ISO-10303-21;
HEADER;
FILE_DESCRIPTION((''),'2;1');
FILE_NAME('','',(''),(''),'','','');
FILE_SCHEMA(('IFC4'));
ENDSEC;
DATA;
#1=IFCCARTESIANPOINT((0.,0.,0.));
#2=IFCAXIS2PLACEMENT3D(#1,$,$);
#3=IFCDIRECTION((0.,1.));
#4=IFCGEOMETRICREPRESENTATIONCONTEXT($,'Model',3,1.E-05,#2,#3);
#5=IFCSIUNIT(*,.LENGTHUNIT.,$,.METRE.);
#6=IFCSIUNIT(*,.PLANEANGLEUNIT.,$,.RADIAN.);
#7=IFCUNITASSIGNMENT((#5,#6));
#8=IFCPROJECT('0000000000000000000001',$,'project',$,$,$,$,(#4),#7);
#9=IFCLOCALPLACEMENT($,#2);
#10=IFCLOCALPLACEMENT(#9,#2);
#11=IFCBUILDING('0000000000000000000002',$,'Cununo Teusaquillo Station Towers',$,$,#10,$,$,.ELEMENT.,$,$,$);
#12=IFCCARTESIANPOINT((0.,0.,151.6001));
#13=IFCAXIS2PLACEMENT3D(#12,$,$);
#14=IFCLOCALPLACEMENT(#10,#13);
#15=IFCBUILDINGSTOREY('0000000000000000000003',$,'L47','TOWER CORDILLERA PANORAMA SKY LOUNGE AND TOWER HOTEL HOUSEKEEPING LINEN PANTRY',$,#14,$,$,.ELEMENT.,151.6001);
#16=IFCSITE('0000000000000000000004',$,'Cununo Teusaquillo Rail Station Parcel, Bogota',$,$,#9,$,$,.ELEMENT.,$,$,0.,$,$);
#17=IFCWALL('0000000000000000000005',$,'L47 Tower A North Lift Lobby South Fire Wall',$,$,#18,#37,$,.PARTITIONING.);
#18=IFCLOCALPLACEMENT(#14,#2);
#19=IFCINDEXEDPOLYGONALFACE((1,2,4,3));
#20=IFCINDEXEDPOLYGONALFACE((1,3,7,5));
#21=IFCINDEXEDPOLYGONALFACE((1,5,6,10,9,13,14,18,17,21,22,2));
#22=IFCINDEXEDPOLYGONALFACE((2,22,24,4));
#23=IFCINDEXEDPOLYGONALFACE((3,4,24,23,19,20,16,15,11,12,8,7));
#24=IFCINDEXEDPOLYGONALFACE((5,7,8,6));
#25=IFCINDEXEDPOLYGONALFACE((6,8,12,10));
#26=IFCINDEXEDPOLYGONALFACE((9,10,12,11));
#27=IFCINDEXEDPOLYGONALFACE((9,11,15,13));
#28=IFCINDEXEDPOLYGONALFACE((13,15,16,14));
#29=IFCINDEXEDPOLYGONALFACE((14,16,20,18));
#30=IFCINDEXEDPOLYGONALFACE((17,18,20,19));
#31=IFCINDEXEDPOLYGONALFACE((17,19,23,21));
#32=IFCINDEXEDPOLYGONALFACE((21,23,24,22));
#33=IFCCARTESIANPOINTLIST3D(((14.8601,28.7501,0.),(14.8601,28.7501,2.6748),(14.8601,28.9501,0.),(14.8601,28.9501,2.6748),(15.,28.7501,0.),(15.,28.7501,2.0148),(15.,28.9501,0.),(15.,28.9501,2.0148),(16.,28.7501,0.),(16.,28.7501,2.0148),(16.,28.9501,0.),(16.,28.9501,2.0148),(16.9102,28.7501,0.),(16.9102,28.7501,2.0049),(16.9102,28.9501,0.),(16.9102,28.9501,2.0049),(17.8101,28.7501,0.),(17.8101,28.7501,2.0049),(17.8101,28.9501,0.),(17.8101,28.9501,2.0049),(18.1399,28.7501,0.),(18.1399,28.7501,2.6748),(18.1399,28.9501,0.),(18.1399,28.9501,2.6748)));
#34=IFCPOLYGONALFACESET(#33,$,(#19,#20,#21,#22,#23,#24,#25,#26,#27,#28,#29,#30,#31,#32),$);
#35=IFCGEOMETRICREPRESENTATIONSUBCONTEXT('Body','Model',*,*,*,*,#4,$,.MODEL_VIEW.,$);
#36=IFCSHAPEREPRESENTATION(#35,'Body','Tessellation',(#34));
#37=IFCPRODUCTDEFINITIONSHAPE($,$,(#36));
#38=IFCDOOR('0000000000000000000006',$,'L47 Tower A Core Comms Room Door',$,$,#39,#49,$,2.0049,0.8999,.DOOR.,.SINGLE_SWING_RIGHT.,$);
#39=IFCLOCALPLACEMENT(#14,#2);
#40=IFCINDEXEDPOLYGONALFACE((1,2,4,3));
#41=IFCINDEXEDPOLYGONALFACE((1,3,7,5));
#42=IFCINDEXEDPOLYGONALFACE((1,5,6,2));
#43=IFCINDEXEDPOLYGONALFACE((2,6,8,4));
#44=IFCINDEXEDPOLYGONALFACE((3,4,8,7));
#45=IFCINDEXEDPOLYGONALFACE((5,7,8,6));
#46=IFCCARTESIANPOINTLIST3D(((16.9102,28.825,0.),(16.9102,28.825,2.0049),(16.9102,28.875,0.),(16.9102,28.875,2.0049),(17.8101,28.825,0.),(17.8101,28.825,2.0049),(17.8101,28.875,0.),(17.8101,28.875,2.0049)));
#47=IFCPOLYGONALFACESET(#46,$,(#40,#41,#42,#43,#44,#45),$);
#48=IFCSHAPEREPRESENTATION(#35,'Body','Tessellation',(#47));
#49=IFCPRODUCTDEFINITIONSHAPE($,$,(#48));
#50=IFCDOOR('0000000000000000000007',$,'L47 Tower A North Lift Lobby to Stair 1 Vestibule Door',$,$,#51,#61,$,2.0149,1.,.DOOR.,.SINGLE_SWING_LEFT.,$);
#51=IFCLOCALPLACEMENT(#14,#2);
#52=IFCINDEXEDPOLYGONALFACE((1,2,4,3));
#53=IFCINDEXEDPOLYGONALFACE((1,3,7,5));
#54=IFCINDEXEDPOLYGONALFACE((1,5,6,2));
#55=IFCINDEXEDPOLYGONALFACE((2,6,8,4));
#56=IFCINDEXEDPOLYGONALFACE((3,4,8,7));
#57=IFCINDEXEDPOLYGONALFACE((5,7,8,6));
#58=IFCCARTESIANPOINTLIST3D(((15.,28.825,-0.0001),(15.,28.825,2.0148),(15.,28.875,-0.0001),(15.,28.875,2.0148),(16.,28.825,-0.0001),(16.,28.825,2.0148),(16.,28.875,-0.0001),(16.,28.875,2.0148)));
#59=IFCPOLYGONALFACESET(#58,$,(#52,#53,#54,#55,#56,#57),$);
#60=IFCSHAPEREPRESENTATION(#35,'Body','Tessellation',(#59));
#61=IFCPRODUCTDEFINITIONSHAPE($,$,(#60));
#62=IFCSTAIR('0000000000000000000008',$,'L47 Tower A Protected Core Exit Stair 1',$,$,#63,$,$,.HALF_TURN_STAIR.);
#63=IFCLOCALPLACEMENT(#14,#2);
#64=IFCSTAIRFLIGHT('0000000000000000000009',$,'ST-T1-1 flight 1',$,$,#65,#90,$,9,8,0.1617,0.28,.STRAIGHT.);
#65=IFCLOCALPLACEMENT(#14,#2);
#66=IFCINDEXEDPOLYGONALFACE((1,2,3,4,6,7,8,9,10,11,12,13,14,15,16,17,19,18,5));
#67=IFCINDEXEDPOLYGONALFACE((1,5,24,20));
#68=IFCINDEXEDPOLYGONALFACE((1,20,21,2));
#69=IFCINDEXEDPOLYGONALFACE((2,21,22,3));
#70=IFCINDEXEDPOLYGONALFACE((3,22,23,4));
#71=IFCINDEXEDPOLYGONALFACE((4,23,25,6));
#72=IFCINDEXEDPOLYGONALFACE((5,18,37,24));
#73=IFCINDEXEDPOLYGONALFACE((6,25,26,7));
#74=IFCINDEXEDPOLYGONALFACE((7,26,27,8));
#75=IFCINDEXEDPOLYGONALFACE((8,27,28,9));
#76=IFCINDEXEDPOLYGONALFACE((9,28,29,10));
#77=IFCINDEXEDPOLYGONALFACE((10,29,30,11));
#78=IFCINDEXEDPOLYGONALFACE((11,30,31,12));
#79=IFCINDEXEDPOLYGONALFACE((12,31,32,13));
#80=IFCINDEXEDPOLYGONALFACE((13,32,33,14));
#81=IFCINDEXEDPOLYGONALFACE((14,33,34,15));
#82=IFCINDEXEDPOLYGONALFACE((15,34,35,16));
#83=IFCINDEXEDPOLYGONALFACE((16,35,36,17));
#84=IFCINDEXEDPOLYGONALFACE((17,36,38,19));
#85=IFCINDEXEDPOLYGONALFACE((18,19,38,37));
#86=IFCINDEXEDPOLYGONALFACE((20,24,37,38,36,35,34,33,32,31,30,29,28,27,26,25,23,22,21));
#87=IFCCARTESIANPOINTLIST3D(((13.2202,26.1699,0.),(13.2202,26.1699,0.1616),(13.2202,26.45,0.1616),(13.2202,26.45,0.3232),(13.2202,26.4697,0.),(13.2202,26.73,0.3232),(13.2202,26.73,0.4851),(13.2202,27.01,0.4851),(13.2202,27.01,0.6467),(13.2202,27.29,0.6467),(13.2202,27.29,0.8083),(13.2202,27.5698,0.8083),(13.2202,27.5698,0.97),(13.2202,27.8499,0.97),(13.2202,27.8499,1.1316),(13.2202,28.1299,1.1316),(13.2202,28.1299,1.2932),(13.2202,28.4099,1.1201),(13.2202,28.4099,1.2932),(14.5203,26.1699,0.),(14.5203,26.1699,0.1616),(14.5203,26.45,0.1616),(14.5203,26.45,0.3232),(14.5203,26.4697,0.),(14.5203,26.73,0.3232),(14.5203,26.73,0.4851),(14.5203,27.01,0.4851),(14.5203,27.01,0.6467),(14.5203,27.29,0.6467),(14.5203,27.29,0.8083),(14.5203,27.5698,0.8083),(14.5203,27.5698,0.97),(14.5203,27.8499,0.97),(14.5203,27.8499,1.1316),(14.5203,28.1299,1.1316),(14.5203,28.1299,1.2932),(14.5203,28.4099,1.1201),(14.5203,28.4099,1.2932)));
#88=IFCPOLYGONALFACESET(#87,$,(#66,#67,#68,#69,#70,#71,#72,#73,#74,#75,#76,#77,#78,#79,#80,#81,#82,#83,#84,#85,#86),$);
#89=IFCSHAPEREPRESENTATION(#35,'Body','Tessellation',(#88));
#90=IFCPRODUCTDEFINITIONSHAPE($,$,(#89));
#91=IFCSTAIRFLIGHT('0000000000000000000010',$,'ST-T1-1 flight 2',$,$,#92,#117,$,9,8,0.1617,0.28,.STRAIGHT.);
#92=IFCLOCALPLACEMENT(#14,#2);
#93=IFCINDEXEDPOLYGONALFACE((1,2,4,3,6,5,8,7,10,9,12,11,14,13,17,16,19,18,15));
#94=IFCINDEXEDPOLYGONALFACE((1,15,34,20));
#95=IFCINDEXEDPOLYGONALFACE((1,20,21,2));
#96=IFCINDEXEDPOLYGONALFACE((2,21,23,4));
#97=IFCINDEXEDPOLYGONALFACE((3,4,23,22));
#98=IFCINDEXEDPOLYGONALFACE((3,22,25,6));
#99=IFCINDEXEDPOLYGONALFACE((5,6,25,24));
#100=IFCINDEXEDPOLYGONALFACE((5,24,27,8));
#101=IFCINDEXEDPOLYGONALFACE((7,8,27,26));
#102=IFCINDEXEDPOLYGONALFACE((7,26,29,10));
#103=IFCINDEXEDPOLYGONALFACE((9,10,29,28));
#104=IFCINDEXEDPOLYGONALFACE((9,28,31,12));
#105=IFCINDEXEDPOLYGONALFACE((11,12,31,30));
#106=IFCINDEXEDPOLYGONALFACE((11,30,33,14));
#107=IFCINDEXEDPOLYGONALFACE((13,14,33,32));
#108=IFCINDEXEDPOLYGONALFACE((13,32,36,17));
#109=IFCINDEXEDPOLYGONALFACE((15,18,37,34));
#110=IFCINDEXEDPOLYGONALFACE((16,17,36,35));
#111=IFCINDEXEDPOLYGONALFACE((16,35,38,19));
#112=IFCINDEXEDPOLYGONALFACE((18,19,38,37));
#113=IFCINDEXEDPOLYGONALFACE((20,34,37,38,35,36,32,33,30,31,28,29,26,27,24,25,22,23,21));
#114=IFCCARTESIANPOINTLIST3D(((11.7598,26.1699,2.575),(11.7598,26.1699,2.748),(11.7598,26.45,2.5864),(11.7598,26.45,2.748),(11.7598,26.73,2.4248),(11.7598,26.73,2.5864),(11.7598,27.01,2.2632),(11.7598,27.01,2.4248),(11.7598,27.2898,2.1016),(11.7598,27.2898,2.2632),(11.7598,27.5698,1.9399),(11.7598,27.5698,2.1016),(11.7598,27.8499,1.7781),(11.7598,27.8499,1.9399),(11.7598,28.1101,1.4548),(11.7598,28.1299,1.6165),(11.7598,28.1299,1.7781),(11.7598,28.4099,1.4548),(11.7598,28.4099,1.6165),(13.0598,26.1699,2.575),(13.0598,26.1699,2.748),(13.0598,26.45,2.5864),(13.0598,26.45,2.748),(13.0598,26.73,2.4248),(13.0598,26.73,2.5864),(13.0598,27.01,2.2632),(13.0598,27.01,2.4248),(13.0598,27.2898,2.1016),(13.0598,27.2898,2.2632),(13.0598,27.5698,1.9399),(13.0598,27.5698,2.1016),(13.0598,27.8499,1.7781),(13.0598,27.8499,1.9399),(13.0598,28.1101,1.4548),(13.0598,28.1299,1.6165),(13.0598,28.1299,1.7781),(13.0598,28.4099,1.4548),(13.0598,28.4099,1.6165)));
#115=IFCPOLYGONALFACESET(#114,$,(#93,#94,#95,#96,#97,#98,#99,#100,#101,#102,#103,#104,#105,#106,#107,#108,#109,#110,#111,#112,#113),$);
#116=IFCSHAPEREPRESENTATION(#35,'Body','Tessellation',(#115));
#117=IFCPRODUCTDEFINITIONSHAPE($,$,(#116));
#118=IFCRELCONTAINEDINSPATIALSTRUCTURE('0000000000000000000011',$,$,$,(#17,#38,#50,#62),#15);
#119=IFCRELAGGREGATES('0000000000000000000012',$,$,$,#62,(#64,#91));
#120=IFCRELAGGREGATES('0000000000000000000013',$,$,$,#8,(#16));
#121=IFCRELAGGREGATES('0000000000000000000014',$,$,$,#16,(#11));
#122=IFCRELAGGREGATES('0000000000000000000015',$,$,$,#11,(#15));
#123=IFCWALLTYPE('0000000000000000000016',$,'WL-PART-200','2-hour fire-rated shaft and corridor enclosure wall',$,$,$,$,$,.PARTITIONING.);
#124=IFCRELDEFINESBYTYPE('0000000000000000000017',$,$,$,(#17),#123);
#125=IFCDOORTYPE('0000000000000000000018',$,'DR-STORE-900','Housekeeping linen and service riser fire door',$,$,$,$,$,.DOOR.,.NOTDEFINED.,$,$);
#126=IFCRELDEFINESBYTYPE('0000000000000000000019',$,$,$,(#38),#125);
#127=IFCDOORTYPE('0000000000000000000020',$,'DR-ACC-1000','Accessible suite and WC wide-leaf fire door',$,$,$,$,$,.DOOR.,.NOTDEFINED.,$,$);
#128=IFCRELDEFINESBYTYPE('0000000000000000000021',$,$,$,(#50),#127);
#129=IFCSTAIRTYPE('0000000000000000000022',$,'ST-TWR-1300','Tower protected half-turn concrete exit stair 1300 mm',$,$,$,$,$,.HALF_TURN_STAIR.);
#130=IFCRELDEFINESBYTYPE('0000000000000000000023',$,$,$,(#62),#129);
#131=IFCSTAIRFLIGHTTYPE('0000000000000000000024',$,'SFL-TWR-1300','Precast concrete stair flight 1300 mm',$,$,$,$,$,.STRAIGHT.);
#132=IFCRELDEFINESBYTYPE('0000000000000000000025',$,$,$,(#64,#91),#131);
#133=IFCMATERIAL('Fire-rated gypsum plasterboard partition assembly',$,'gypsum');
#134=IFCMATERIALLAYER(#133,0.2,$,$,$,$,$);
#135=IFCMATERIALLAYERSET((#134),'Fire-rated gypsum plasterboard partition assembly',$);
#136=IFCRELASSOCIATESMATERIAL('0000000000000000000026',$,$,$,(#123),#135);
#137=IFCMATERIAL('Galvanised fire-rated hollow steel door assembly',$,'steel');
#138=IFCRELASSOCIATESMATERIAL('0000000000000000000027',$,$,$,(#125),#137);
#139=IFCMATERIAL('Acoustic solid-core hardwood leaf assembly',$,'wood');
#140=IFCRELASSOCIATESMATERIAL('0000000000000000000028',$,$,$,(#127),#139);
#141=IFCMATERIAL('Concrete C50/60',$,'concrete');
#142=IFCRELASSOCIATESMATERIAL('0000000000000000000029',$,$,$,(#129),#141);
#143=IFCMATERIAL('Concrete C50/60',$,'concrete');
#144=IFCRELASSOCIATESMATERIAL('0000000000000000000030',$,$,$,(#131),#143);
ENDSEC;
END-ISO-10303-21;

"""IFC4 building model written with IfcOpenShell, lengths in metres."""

from ifc_helpers import new_model, si_unit, direction, frame, frame_2d, origin, place, context, subcontext, project, spatial, polyline, rectangle, outline, extrude, source, transform, mapped, material, layer, layer_set, type_object, element, fill, aggregate, save


model = new_model("IFC4")

# Units and contexts
model_context = context("Model", 3, precision=1e-05, world=origin(), true_north=direction((0.0, 1.0)))
body_context = subcontext(model_context, "Body", "Model", "MODEL_VIEW")
ifc_project = project(units=[si_unit("LENGTHUNIT", "METRE"), si_unit("PLANEANGLEUNIT", "RADIAN")], contexts=[model_context])

# Site, building, storey
site_placement = place(None, origin())
site = spatial("IfcSite", under=ifc_project, at=site_placement, Name="Cununo Teusaquillo Rail Station Parcel, Bogota", CompositionType="ELEMENT", RefElevation=0.0)
building_placement = place(site_placement, origin())
building = spatial("IfcBuilding", under=site, at=building_placement, Name="Cununo Teusaquillo Station Towers", CompositionType="ELEMENT")
storey_placement = place(building_placement, frame((0.0, 0.0, 151.6001)))
storey = spatial("IfcBuildingStorey", under=building, at=storey_placement, Name="L47", Description="TOWER CORDILLERA PANORAMA SKY LOUNGE AND TOWER HOTEL HOUSEKEEPING LINEN PANTRY", CompositionType="ELEMENT", Elevation=151.6001)

# Shared definitions
shared_shape_1 = source(origin(), body_context, "Body", "SweptSolid", [
    extrude(rectangle(XDim=0.8999, YDim=2.0049, at=frame_2d((0.45, 1.0024))), frame((0.0, 0.0249, 0.0), z_axis=(0.0, -1.0, 0.0), x_axis=(1.0, 0.0, 0.0)), (0.0, 0.0, 1.0), 0.05),
])

# Shared definitions
ifc_material_1 = material(Name="Fire-rated gypsum plasterboard partition assembly", Category="gypsum")
ifc_layer_1 = layer(ifc_material_1, 0.2)
ifc_layer_set_1 = layer_set([ifc_layer_1], Name="Fire-rated gypsum plasterboard partition assembly")
wall_type_1 = type_object("IfcWallType", Name="WL-PART-200", Description="2-hour fire-rated shaft and corridor enclosure wall", PredefinedType="PARTITIONING", material=ifc_layer_set_1)
shared_shape_2 = source(origin(), body_context, "Body", "SweptSolid", [
    extrude(rectangle(XDim=0.8999, YDim=2.0049, at=frame_2d((0.45, 1.0024))), frame((0.0, 0.1099, 0.0), z_axis=(0.0, -1.0, 0.0), x_axis=(1.0, 0.0, 0.0)), (0.0, 0.0, 1.0), 0.22),
])
ifc_material_2 = material(Name="Galvanised fire-rated hollow steel door assembly", Category="steel")
door_type_1 = type_object("IfcDoorType", Name="DR-STORE-900", Description="Housekeeping linen and service riser fire door", OperationType="NOTDEFINED", PredefinedType="DOOR", material=ifc_material_2)

# Wall, openings, doors
wall_1_placement = place(storey_placement, frame((14.8601, 28.8501, 0.0), z_axis=(0.0, 0.0, 1.0), x_axis=(1.0, 0.0, 0.0)))
wall_1 = element("IfcWall", 1, at=wall_1_placement, inside=storey, type_object=wall_type_1, Name="L47 Tower A North Lift Lobby South Fire Wall", PredefinedType="PARTITIONING", context=body_context, shape_type="SweptSolid", body=[
    extrude(rectangle(XDim=3.2798, YDim=0.2, at=frame_2d((1.6399, 0.0))), origin(), (0.0, 0.0, 1.0), 2.6748),
])
shared_shape_3 = source(origin(), body_context, "Body", "SweptSolid", [
    extrude(rectangle(XDim=1.0, YDim=2.0149, at=frame_2d((0.5, 1.0073))), frame((0.0, 0.1099, 0.0), z_axis=(0.0, -1.0, 0.0), x_axis=(1.0, 0.0, 0.0)), (0.0, 0.0, 1.0), 0.22),
])
opening_1_placement = place(wall_1_placement, frame((0.1399, 0.0, 0.0)))
opening_1 = element("IfcOpeningElement", 2, at=opening_1_placement, cuts=wall_1, PredefinedType="OPENING", context=body_context, shape_type="MappedRepresentation", body=[
    mapped(shared_shape_3, transform((0.0, 0.0, 0.0), x_axis=(1.0, 0.0, 0.0), y_axis=(0.0, 1.0, 0.0), z_axis=(0.0, 0.0, 1.0), scale=1.0)),
])
opening_2_placement = place(wall_1_placement, frame((2.05, 0.0, 0.0)))
opening_2 = element("IfcOpeningElement", 3, at=opening_2_placement, cuts=wall_1, PredefinedType="OPENING", context=body_context, shape_type="MappedRepresentation", body=[
    mapped(shared_shape_2, transform((0.0, 0.0, 0.0), x_axis=(1.0, 0.0, 0.0), y_axis=(0.0, 1.0, 0.0), z_axis=(0.0, 0.0, 1.0), scale=1.0)),
])
door_1_placement = place(opening_2_placement, origin())
door_1 = element("IfcDoor", 4, at=door_1_placement, inside=storey, type_object=door_type_1, Name="L47 Tower A Core Comms Room Door", OperationType="SINGLE_SWING_RIGHT", OverallHeight=2.0049, OverallWidth=0.8999, PredefinedType="DOOR", context=body_context, shape_type="MappedRepresentation", body=[
    mapped(shared_shape_1, transform((0.0, 0.0, 0.0), x_axis=(1.0, 0.0, 0.0), y_axis=(0.0, 1.0, 0.0), z_axis=(0.0, 0.0, 1.0), scale=1.0)),
])
fill(opening_2, door_1)
ifc_material_3 = material(Name="Acoustic solid-core hardwood leaf assembly", Category="wood")
door_type_2 = type_object("IfcDoorType", Name="DR-ACC-1000", Description="Accessible suite and WC wide-leaf fire door", OperationType="NOTDEFINED", PredefinedType="DOOR", material=ifc_material_3)
shared_shape_4 = source(origin(), body_context, "Body", "SweptSolid", [
    extrude(rectangle(XDim=1.0, YDim=2.0149, at=frame_2d((0.5, 1.0073))), frame((0.0, 0.0249, 0.0), z_axis=(0.0, -1.0, 0.0), x_axis=(1.0, 0.0, 0.0)), (0.0, 0.0, 1.0), 0.05),
])
door_2_placement = place(opening_1_placement, origin())
door_2 = element("IfcDoor", 5, at=door_2_placement, inside=storey, type_object=door_type_2, Name="L47 Tower A North Lift Lobby to Stair 1 Vestibule Door", OperationType="SINGLE_SWING_LEFT", OverallHeight=2.0149, OverallWidth=1.0, PredefinedType="DOOR", context=body_context, shape_type="MappedRepresentation", body=[
    mapped(shared_shape_4, transform((0.0, 0.0, 0.0), x_axis=(1.0, 0.0, 0.0), y_axis=(0.0, 1.0, 0.0), z_axis=(0.0, 0.0, 1.0), scale=1.0)),
])
fill(opening_1, door_2)

# Stair, stair flights
ifc_material_4 = material(Name="Concrete C50/60", Category="concrete")
stair_type = type_object("IfcStairType", Name="ST-TWR-1300", Description="Tower protected half-turn concrete exit stair 1300 mm", PredefinedType="HALF_TURN_STAIR", material=ifc_material_4)
stair_placement = place(storey_placement, origin())
stair = element("IfcStair", 6, at=stair_placement, inside=storey, type_object=stair_type, Name="L47 Tower A Protected Core Exit Stair 1", PredefinedType="HALF_TURN_STAIR")
ifc_material_5 = material(Name="Concrete C50/60", Category="concrete")
stair_flight_type = type_object("IfcStairFlightType", Name="SFL-TWR-1300", Description="Precast concrete stair flight 1300 mm", PredefinedType="STRAIGHT", material=ifc_material_5)
stair_flight_1_placement = place(storey_placement, frame((13.8701, 26.1699, 0.0), z_axis=(0.0, 0.0, 1.0), x_axis=(0.0, 1.0, 0.0)))
stair_flight_1 = element("IfcStairFlight", 7, at=stair_flight_1_placement, type_object=stair_flight_type, Name="ST-T1-1 flight 1", NumberOfRisers=9, NumberOfTreads=8, PredefinedType="STRAIGHT", RiserHeight=0.1617, TreadLength=0.28, context=body_context, shape_type="SweptSolid", body=[
    extrude(outline(polyline([(0.0, 0.0), (0.0, 0.1616), (0.28, 0.1616), (0.28, 0.3232), (0.5601, 0.3232), (0.5601, 0.4851), (0.8401, 0.4851), (0.8401, 0.6467), (1.1201, 0.6467), (1.1201, 0.8083), (1.3999, 0.8083), (1.3999, 0.97), (1.6799, 0.97), (1.6799, 1.1316), (1.96, 1.1316), (1.96, 1.2932), (2.24, 1.2932), (2.24, 1.4551), (2.24, 1.1201), (0.2998, 0.0), (0.0, 0.0)])), frame((0.0, 0.6499, 0.0), z_axis=(0.0, -1.0, 0.0), x_axis=(1.0, 0.0, 0.0)), (0.0, 0.0, 1.0), 1.3),
])
stair_flight_2_placement = place(storey_placement, frame((12.4099, 28.4099, 1.4548), z_axis=(0.0, 0.0, 1.0), x_axis=(0.0, -1.0, 0.0)))
stair_flight_2 = element("IfcStairFlight", 8, at=stair_flight_2_placement, type_object=stair_flight_type, Name="ST-T1-1 flight 2", NumberOfRisers=9, NumberOfTreads=8, PredefinedType="STRAIGHT", RiserHeight=0.1617, TreadLength=0.28, context=body_context, shape_type="SweptSolid", body=[
    extrude(outline(polyline([(0.0, 0.0), (0.0, 0.1616), (0.28, 0.1616), (0.28, 0.3232), (0.5601, 0.3232), (0.5601, 0.4851), (0.8401, 0.4851), (0.8401, 0.6467), (1.1201, 0.6467), (1.1201, 0.8083), (1.3999, 0.8083), (1.3999, 0.97), (1.6799, 0.97), (1.6799, 1.1316), (1.96, 1.1316), (1.96, 1.2932), (2.24, 1.2932), (2.24, 1.4551), (2.24, 1.1201), (0.2998, 0.0), (0.0, 0.0)])), frame((0.0, 0.6499, 0.0), z_axis=(0.0, -1.0, 0.0), x_axis=(1.0, 0.0, 0.0)), (0.0, 0.0, 1.0), 1.3),
])
aggregate(stair, [stair_flight_1, stair_flight_2])

save(model, "model.ifc")
